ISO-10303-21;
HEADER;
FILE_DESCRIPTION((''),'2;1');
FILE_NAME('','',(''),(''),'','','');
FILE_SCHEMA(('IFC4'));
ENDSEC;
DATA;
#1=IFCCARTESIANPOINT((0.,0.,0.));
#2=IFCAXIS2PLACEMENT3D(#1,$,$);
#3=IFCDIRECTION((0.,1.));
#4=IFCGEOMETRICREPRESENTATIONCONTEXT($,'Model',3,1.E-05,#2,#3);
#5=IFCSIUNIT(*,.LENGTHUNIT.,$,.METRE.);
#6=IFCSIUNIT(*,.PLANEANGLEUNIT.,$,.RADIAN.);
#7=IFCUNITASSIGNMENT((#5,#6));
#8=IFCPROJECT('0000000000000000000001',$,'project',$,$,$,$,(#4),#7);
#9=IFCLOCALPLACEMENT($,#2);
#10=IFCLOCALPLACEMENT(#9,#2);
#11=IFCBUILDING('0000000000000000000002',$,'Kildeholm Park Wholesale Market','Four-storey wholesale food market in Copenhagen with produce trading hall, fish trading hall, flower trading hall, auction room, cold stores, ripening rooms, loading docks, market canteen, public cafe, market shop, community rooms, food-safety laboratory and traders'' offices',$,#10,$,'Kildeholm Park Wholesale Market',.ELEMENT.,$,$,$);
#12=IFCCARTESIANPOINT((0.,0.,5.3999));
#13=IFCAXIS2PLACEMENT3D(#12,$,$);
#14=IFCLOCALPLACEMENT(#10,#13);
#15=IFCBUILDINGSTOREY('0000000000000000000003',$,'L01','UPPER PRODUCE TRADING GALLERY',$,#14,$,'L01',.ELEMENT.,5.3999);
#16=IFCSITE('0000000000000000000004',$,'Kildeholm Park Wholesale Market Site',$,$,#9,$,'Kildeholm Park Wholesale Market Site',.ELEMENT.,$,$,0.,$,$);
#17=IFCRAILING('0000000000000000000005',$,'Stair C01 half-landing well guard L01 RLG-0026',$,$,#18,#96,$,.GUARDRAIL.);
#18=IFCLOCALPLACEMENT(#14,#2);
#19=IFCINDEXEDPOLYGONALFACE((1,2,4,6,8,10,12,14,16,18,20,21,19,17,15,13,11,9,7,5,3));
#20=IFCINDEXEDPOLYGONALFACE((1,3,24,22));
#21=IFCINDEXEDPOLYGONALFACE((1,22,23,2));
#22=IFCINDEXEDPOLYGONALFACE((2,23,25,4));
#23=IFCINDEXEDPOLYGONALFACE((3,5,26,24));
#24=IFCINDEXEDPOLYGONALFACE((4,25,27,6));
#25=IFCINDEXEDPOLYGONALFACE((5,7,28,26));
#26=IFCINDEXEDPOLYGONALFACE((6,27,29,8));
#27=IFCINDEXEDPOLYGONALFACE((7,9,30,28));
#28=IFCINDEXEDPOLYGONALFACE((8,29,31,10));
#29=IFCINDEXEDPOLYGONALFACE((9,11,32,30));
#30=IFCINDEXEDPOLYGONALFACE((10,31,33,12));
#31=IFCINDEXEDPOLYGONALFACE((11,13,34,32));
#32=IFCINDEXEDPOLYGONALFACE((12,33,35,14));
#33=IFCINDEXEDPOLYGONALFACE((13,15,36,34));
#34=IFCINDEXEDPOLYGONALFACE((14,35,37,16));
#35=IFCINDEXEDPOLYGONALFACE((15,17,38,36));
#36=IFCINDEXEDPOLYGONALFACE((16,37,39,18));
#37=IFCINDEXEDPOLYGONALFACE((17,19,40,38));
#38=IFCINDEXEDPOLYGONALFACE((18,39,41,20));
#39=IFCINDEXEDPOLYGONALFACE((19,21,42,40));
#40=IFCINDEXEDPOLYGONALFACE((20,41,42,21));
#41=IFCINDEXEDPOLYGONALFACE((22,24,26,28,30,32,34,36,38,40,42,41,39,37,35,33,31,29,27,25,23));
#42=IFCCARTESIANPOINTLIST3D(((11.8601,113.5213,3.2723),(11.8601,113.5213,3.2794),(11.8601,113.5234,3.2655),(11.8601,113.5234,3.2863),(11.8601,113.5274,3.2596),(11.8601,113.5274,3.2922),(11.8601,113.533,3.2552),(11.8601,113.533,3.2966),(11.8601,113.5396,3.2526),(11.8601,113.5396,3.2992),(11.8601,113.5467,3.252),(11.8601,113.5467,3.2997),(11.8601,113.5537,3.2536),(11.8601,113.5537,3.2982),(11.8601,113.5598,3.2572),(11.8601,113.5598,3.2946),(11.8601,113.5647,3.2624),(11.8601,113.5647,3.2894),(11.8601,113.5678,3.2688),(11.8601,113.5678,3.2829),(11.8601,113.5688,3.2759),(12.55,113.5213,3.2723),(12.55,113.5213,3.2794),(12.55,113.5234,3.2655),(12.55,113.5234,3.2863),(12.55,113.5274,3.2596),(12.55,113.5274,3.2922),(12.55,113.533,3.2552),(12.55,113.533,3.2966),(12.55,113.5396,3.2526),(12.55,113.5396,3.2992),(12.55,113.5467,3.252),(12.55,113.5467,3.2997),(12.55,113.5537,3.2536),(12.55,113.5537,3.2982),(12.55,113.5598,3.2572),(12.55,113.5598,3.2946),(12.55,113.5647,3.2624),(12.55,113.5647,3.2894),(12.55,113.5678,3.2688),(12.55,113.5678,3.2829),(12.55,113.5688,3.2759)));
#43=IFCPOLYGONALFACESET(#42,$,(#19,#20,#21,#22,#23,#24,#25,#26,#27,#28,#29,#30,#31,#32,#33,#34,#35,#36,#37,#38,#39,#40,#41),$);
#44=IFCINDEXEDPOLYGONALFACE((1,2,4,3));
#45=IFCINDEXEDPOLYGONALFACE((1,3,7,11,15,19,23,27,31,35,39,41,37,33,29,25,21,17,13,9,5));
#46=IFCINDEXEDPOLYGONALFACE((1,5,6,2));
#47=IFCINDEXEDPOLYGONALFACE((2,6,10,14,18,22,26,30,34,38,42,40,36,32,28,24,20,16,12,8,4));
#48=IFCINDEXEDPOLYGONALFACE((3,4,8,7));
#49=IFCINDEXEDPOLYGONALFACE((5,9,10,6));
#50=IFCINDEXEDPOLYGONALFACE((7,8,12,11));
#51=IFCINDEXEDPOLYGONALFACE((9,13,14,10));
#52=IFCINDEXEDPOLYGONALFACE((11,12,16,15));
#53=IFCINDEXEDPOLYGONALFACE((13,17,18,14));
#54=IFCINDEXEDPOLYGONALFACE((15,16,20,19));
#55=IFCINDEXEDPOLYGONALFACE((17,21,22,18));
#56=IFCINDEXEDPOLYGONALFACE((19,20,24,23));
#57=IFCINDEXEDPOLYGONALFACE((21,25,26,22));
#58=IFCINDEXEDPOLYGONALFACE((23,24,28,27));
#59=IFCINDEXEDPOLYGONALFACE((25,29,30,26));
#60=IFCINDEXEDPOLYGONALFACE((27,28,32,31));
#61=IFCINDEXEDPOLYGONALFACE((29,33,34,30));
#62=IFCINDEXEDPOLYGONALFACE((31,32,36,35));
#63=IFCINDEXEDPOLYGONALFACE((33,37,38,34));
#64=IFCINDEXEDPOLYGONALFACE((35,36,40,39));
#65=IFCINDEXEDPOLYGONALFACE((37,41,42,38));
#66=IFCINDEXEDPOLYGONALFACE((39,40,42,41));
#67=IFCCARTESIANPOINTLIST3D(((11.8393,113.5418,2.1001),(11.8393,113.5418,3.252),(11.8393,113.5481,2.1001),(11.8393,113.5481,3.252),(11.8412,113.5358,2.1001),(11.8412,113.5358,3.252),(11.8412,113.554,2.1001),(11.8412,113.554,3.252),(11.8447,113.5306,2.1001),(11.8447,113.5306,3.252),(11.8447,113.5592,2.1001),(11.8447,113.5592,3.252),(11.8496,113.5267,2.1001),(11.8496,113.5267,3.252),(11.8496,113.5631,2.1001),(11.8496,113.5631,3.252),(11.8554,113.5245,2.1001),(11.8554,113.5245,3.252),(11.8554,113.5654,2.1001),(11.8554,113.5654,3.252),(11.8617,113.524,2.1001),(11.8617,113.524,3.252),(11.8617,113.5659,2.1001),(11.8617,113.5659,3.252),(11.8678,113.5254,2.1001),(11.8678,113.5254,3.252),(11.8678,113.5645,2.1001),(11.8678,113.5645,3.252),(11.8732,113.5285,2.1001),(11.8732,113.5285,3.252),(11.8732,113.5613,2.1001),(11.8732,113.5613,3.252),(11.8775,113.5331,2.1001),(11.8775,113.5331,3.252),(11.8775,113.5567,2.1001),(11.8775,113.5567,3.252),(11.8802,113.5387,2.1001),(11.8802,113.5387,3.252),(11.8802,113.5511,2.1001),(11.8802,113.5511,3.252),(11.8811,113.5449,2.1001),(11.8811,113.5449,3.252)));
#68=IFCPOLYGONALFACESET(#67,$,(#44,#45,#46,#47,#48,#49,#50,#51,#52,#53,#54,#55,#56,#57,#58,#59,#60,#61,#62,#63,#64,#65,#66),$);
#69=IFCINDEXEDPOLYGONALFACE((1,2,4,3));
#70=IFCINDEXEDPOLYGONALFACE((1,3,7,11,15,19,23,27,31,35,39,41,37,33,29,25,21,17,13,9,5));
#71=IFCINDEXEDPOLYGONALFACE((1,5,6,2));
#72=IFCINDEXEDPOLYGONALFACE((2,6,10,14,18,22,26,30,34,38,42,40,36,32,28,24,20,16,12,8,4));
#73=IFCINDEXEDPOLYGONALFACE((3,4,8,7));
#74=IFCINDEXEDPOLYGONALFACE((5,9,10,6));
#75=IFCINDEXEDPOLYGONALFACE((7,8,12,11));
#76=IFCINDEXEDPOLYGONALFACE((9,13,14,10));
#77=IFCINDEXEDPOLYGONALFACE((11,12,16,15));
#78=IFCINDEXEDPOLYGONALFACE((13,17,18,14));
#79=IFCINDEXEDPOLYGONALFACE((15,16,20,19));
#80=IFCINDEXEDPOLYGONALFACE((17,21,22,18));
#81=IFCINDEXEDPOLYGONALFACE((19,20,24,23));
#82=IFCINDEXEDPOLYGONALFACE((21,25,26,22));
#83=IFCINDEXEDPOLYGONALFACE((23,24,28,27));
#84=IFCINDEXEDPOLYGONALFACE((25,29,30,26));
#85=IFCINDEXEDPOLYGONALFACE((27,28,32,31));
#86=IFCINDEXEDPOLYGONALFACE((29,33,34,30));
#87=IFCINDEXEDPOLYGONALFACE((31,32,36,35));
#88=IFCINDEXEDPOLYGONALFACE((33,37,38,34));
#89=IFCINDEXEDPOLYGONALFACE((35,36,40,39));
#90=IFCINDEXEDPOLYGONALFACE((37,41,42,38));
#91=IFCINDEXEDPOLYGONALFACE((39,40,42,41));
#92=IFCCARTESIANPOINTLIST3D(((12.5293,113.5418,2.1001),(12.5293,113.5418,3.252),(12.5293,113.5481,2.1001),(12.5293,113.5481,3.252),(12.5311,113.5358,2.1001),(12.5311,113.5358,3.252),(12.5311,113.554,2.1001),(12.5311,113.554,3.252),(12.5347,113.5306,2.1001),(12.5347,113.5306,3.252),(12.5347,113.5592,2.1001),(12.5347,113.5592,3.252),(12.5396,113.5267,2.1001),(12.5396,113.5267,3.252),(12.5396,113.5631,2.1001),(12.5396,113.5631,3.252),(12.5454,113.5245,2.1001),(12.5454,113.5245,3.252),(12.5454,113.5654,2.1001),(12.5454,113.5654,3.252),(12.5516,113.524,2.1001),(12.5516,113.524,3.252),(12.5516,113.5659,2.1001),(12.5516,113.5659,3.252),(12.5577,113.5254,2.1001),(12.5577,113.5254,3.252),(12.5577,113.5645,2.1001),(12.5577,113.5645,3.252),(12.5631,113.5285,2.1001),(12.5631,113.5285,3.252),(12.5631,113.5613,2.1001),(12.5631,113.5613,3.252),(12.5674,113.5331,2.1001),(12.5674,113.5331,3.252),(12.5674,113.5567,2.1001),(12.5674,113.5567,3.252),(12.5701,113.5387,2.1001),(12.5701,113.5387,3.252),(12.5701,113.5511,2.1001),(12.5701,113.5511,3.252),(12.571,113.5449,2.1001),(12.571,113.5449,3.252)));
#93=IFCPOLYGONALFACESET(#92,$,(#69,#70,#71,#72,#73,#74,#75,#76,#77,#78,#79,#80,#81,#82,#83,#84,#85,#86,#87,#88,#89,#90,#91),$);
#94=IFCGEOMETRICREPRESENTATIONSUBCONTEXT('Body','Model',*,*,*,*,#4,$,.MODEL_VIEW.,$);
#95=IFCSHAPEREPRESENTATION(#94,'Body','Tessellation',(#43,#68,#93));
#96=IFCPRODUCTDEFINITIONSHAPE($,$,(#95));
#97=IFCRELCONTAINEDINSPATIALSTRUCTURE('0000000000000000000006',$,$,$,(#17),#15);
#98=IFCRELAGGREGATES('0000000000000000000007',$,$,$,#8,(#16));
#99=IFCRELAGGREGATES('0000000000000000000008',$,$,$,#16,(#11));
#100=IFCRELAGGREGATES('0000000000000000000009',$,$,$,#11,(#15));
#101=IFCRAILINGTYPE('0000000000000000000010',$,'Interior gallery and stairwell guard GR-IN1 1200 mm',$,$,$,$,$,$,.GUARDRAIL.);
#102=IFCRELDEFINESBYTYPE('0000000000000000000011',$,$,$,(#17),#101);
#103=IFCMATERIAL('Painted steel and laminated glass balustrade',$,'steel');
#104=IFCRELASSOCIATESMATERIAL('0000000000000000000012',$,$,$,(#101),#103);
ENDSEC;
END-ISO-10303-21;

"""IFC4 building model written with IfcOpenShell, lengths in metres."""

from ifc_helpers import new_model, si_unit, direction, frame, origin, origin_2d, place, context, subcontext, project, spatial, circle, extrude, material, type_object, element, save


model = new_model("IFC4")

# Units and contexts
model_context = context("Model", 3, precision=1e-05, world=origin(), true_north=direction((0.0, 1.0)))
body_context = subcontext(model_context, "Body", "Model", "MODEL_VIEW")
ifc_project = project(units=[si_unit("LENGTHUNIT", "METRE"), si_unit("PLANEANGLEUNIT", "RADIAN")], contexts=[model_context])

# Site, building, storey
site_placement = place(None, origin())
site = spatial("IfcSite", under=ifc_project, at=site_placement, Name="Kildeholm Park Wholesale Market Site", LongName="Kildeholm Park Wholesale Market Site", CompositionType="ELEMENT", RefElevation=0.0)
building_placement = place(site_placement, origin())
building = spatial("IfcBuilding", under=site, at=building_placement, Name="Kildeholm Park Wholesale Market", Description="Four-storey wholesale food market in Copenhagen with produce trading hall, fish trading hall, flower trading hall, auction room, cold stores, ripening rooms, loading docks, market canteen, public cafe, market shop, community rooms, food-safety laboratory and traders' offices", LongName="Kildeholm Park Wholesale Market", CompositionType="ELEMENT")
storey_placement = place(building_placement, frame((0.0, 0.0, 5.3999)))
storey = spatial("IfcBuildingStorey", under=building, at=storey_placement, Name="L01", Description="UPPER PRODUCE TRADING GALLERY", LongName="L01", CompositionType="ELEMENT", Elevation=5.3999)

# Railing
ifc_material_1 = material(Name="Painted steel and laminated glass balustrade", Category="steel")
railing_type_1 = type_object("IfcRailingType", Name="Interior gallery and stairwell guard GR-IN1 1200 mm", PredefinedType="GUARDRAIL", material=ifc_material_1)
railing_1_placement = place(storey_placement, frame((11.8601, 113.5449, 2.1001)))
element("IfcRailing", 1, at=railing_1_placement, inside=storey, type_object=railing_type_1, Name="Stair C01 half-landing well guard L01 RLG-0026", PredefinedType="GUARDRAIL", context=body_context, shape_type="SweptSolid", body=[
    extrude(circle(Radius=0.0239, at=origin_2d()), frame((0.0, 0.0, 1.1758), z_axis=(1.0, 0.0, 0.0), x_axis=(0.0, 1.0, 0.0)), (0.0, 0.0, 1.0), 0.6899),
    extrude(circle(Radius=0.021, at=origin_2d()), origin(), (0.0, 0.0, 1.0), 1.1519),
    extrude(circle(Radius=0.021, at=origin_2d()), frame((0.6899, 0.0, 0.0)), (0.0, 0.0, 1.0), 1.1519),
])

save(model, "model.ifc")
